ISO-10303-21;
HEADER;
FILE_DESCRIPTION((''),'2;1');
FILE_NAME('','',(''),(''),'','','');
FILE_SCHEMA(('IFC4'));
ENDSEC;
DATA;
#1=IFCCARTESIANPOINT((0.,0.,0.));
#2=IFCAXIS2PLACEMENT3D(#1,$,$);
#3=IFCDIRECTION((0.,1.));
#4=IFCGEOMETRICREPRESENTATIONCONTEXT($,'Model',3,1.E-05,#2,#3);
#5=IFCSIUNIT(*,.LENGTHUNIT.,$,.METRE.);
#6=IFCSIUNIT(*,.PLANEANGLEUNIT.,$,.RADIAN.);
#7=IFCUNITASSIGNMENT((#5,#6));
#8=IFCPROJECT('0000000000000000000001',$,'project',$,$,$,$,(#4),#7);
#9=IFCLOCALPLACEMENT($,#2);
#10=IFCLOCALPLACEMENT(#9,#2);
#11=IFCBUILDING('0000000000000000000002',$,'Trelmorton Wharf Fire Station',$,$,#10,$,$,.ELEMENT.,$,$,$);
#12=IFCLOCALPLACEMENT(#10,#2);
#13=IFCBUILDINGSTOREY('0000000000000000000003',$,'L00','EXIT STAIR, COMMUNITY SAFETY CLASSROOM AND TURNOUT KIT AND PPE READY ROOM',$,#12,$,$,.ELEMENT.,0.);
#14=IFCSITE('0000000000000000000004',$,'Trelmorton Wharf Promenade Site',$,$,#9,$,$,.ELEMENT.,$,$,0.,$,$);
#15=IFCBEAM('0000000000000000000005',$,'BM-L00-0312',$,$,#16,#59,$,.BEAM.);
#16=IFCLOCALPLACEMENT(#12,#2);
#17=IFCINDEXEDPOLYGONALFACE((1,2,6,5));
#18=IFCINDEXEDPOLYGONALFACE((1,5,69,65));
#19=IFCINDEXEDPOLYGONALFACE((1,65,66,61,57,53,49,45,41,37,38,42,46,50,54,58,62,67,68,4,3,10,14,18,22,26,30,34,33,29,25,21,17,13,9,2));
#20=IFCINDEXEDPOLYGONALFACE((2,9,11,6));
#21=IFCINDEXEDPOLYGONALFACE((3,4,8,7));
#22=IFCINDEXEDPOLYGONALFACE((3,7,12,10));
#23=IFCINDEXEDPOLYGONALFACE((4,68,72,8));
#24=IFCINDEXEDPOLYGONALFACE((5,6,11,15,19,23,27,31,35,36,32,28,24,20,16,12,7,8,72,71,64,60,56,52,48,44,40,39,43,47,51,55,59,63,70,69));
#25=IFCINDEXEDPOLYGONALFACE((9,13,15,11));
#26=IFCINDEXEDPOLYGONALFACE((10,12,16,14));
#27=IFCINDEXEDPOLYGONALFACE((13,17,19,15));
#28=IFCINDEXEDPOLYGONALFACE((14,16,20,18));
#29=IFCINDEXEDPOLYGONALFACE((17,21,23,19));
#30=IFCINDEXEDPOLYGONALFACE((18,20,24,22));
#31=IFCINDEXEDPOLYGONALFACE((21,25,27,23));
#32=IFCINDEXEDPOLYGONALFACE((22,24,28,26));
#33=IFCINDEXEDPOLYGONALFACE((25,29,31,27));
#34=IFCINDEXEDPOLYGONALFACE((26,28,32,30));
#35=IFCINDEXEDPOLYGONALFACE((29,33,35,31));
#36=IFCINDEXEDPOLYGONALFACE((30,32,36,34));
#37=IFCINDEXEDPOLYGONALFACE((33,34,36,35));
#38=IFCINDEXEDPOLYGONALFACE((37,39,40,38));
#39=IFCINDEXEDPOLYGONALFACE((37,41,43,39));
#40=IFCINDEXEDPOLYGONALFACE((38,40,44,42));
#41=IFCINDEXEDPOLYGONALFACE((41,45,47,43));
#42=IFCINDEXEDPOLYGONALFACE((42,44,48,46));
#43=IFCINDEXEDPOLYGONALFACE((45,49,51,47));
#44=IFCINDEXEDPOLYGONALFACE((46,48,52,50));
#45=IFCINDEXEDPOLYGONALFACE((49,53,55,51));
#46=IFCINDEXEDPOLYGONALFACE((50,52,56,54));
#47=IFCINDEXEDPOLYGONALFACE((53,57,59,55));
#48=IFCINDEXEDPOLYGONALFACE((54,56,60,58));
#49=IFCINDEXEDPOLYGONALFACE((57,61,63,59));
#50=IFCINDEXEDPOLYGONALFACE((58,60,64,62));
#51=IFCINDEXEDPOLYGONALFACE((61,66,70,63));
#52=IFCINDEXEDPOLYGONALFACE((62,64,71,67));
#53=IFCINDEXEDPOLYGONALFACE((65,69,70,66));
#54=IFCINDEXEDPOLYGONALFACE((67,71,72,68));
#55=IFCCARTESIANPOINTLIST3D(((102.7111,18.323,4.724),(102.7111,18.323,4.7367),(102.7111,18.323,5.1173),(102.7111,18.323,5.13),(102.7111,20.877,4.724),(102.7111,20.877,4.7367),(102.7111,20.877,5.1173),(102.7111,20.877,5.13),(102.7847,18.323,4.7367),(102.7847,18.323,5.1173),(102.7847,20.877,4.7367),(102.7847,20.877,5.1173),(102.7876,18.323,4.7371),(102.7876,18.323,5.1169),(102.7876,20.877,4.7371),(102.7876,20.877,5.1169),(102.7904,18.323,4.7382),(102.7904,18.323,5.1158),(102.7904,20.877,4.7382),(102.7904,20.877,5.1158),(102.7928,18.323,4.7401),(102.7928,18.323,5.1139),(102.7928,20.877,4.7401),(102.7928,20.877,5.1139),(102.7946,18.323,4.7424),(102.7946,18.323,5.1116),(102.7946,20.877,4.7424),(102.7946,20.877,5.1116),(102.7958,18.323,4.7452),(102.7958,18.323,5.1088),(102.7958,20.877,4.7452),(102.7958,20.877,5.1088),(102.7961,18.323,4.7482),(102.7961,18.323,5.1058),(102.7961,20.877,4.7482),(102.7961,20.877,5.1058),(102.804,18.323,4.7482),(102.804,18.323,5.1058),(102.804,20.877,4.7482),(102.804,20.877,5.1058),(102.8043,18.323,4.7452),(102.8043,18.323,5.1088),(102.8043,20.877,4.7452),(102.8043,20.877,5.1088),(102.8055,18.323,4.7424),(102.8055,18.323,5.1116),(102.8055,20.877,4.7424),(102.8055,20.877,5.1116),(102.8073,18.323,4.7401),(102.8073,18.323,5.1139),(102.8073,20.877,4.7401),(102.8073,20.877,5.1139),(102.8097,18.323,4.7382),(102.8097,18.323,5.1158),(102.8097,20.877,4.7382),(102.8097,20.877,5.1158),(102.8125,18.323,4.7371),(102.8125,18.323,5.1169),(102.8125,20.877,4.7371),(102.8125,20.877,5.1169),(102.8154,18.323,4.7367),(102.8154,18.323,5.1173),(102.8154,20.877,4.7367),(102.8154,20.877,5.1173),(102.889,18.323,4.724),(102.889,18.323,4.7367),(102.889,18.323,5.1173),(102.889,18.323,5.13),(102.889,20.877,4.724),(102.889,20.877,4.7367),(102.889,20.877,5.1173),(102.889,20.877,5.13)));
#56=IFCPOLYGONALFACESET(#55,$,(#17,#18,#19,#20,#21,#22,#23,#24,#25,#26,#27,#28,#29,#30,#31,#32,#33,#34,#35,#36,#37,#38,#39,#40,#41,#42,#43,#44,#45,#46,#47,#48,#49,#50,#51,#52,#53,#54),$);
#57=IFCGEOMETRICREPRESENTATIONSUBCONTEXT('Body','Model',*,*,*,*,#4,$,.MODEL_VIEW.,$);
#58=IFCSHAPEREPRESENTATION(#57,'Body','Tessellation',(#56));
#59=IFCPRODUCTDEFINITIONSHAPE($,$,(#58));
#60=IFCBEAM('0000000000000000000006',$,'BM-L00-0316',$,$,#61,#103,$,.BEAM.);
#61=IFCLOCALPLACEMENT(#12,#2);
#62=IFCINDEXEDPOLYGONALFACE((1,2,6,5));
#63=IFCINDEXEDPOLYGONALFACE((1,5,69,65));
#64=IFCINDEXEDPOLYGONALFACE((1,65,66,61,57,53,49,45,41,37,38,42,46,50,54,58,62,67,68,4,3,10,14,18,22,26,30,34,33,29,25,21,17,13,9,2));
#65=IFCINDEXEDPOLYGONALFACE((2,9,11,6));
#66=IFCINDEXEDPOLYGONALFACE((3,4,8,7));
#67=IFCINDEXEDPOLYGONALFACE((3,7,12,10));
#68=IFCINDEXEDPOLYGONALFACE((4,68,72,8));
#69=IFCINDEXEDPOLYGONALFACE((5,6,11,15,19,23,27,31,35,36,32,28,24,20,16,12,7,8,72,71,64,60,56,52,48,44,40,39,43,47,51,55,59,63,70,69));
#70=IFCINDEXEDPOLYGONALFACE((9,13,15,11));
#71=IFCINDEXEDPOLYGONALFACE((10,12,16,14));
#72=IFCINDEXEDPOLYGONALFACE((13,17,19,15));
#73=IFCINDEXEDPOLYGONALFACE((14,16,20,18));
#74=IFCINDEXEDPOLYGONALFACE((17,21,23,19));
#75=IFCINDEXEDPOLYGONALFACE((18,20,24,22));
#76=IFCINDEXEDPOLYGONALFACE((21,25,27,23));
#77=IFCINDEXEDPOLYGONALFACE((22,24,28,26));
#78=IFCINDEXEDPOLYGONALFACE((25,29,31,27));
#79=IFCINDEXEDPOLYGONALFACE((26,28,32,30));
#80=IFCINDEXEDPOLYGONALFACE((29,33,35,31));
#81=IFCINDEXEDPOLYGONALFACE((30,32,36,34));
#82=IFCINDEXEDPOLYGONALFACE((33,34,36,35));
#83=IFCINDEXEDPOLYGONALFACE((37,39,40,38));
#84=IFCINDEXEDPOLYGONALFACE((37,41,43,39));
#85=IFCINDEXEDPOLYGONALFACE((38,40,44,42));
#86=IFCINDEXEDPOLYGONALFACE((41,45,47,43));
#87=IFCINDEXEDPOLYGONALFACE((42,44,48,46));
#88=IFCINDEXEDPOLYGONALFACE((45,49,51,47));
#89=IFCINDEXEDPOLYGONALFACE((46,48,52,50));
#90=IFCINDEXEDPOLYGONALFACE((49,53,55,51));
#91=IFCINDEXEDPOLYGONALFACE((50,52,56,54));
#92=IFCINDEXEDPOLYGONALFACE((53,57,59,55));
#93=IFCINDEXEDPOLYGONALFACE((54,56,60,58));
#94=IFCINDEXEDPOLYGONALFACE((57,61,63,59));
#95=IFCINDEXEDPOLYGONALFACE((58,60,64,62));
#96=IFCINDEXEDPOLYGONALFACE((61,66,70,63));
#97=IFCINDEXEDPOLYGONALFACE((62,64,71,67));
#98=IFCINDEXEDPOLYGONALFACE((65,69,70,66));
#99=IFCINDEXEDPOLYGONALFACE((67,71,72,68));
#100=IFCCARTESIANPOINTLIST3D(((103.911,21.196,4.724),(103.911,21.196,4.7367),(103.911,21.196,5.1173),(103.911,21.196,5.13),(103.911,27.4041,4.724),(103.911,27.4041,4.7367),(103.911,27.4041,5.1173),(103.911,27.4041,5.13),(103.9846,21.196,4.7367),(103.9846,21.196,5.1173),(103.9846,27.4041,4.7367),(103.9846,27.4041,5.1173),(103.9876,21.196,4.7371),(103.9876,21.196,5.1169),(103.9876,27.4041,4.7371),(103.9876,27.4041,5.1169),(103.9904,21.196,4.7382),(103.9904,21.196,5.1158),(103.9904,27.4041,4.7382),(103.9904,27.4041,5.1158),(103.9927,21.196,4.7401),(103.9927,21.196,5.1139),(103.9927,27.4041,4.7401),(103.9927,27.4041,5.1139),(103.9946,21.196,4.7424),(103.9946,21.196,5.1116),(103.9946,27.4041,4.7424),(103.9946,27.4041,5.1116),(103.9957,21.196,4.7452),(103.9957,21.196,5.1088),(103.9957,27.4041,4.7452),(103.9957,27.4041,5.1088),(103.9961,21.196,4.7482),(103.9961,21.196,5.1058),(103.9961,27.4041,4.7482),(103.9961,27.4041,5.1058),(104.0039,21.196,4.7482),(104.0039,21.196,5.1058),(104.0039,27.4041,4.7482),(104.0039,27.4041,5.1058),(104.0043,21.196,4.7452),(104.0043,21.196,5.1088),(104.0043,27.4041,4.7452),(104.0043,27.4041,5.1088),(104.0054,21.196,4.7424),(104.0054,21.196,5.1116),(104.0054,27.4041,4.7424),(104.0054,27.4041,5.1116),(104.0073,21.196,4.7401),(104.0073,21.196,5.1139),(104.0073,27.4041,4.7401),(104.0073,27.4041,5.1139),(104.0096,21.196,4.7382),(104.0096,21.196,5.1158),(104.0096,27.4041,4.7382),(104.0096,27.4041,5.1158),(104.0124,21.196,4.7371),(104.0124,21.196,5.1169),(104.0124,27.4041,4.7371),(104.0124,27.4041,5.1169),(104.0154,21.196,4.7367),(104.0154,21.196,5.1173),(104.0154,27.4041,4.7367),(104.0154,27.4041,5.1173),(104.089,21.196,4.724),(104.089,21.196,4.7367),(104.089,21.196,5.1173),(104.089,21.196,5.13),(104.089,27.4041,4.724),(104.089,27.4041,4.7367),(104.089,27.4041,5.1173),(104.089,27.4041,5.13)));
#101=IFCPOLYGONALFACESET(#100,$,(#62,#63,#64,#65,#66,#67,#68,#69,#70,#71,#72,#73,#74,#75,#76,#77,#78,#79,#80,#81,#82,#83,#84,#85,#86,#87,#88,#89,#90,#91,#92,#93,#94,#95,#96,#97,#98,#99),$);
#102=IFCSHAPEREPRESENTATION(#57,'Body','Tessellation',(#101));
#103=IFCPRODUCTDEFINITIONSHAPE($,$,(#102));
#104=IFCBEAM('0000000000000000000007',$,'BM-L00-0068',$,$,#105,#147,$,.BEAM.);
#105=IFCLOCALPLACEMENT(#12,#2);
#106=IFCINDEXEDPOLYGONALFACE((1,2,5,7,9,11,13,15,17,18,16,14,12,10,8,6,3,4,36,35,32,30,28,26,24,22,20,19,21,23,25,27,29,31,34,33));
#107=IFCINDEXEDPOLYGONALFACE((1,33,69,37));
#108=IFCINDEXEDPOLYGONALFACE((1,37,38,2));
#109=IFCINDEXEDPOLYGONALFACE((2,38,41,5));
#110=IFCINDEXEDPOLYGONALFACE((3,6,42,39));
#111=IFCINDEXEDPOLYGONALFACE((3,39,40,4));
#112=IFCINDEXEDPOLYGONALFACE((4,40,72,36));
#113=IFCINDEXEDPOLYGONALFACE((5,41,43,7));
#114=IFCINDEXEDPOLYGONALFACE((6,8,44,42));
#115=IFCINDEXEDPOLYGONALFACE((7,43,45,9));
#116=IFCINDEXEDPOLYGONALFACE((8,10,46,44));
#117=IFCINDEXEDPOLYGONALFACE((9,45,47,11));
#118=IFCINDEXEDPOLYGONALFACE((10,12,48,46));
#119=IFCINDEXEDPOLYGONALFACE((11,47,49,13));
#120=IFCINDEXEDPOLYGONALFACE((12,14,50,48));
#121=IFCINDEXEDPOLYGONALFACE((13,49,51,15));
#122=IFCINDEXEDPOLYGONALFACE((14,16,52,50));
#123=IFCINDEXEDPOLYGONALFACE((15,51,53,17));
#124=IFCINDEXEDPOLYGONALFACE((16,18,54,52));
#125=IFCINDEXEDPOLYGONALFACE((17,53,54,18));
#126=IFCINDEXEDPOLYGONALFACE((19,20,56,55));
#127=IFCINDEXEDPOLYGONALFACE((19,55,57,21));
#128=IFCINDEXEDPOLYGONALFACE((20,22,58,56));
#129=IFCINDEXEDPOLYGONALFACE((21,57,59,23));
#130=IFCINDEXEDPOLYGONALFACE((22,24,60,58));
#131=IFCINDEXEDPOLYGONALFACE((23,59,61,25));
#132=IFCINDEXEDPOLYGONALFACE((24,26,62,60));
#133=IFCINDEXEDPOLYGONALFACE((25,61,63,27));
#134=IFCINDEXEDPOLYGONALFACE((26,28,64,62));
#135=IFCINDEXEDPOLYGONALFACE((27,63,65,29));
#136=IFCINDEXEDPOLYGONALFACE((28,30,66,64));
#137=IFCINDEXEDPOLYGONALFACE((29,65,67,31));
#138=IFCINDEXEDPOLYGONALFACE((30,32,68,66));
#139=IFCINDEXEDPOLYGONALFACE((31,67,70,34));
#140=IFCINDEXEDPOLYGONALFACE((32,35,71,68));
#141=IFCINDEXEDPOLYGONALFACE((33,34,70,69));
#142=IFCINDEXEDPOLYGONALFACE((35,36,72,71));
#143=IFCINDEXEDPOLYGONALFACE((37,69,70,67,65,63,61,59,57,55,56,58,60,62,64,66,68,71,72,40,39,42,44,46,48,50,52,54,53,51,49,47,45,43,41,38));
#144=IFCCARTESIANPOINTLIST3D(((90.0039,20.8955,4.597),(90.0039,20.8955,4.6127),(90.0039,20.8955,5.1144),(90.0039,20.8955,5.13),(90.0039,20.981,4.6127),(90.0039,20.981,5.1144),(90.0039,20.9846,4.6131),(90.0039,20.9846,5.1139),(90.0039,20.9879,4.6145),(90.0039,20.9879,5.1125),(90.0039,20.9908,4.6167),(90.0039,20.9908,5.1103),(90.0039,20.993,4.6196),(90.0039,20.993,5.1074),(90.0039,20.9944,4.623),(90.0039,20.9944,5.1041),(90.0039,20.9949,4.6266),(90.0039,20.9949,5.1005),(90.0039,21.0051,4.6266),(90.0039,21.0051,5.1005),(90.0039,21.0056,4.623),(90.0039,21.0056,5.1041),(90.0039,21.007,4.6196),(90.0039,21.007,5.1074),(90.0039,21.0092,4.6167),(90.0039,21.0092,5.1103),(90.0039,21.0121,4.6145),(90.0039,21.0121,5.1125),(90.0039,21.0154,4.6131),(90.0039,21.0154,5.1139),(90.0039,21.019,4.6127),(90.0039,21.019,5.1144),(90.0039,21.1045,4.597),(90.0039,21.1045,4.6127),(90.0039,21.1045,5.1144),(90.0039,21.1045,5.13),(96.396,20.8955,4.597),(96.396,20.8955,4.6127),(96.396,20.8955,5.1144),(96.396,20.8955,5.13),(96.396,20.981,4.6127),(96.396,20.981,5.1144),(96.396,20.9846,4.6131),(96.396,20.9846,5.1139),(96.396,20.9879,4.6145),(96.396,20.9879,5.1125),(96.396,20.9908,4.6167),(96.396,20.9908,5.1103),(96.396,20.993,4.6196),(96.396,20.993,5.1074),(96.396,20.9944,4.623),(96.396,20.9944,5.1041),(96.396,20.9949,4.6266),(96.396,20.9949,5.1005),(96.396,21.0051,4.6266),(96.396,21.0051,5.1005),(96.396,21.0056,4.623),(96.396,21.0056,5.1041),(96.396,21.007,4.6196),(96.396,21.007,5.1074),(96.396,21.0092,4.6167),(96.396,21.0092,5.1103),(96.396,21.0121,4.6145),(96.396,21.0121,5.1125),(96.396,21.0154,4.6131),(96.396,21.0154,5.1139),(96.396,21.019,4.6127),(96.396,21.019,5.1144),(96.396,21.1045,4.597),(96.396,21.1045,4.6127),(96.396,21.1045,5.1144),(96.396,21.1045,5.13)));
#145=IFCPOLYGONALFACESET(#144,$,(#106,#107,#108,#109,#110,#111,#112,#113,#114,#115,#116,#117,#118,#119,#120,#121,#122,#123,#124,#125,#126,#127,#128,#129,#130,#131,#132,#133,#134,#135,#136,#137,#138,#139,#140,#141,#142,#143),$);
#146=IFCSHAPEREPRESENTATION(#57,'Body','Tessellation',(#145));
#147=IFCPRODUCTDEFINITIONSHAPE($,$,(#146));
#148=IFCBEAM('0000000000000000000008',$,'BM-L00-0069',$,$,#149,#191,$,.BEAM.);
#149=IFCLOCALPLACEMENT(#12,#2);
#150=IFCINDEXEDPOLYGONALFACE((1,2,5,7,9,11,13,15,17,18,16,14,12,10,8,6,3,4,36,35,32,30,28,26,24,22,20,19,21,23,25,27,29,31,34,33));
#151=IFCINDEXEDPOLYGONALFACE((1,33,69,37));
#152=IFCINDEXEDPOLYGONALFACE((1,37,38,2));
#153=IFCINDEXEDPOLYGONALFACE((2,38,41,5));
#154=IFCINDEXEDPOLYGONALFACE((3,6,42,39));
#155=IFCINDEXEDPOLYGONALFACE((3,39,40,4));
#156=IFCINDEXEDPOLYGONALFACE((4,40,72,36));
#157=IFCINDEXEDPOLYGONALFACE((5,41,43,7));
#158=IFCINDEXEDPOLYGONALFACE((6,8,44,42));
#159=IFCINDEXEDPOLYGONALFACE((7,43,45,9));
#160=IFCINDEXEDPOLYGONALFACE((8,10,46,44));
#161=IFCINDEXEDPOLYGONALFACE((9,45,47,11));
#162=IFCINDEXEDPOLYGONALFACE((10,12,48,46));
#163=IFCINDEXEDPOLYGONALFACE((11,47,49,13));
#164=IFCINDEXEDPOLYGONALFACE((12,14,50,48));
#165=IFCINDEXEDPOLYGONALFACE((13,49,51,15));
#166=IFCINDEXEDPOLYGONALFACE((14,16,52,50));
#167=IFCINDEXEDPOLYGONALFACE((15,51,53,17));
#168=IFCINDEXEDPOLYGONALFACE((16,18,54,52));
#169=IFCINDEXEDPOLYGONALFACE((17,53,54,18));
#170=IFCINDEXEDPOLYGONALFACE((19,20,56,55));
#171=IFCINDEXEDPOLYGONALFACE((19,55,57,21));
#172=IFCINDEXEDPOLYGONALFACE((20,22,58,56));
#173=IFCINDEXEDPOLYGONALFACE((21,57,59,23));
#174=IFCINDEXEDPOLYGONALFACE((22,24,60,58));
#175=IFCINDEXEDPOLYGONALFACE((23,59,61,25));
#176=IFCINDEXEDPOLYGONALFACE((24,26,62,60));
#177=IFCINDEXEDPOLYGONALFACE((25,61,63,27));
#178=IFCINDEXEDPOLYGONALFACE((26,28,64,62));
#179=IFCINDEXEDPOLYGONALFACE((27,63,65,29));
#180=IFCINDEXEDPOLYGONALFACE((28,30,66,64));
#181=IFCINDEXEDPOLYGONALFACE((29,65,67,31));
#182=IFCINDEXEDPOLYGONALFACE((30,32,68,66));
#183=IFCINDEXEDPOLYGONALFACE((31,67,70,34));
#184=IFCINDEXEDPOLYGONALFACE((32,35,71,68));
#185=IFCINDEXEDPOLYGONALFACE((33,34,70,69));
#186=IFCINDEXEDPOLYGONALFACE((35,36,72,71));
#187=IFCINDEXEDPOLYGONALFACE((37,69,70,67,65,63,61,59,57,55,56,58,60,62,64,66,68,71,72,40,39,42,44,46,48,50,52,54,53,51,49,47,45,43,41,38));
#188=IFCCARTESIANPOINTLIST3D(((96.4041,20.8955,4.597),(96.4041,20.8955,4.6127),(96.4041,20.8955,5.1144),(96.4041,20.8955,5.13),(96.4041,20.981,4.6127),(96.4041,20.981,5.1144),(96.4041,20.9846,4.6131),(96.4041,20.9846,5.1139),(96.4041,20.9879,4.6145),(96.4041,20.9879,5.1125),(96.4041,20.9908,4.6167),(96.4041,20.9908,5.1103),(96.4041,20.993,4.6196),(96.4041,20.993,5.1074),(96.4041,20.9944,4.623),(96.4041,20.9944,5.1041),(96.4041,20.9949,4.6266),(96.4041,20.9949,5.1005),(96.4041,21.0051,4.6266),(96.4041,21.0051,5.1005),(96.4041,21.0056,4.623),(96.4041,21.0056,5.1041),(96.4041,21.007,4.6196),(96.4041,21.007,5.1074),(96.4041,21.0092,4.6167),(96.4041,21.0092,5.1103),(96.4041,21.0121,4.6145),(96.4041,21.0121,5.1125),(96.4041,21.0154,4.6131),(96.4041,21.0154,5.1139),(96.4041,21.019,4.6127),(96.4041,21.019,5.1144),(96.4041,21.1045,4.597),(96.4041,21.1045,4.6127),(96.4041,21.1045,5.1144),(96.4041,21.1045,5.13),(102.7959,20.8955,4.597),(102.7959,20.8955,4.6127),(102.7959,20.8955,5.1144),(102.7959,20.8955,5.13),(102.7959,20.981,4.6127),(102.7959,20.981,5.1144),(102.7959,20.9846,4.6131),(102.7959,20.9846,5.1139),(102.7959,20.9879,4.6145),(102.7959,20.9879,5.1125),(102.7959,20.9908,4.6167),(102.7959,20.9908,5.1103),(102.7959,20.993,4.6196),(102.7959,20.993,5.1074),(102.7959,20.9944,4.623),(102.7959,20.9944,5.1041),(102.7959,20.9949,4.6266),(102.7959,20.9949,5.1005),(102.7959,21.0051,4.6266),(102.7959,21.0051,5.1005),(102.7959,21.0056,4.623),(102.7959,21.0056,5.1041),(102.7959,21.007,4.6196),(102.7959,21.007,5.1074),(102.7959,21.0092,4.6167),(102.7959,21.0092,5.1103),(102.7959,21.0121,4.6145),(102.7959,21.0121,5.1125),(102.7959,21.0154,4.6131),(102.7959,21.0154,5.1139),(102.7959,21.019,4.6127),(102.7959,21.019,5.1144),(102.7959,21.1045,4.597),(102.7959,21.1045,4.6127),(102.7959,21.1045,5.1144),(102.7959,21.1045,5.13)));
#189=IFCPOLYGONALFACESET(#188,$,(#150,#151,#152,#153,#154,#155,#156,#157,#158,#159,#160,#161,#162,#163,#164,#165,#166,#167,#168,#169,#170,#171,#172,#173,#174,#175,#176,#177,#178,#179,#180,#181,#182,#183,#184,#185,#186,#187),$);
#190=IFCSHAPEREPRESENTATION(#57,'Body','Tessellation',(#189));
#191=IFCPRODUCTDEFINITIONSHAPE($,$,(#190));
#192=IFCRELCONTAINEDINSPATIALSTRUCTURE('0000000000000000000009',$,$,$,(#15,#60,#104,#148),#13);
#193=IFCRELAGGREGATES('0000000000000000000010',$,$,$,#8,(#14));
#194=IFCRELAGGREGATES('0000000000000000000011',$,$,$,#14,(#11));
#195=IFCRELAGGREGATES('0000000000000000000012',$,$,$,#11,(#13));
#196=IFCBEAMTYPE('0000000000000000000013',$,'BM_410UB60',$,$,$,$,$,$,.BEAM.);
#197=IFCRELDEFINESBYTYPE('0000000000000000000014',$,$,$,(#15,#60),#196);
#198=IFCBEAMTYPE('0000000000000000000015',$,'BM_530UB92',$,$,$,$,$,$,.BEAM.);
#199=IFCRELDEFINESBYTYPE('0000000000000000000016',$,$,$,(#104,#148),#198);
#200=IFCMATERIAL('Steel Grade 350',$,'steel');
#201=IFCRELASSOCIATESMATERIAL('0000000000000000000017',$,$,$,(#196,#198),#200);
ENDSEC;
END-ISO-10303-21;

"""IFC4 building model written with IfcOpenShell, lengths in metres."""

from ifc_helpers import new_model, si_unit, direction, frame, origin, origin_2d, place, context, subcontext, project, spatial, i_section, extrude, material, material_profile, profile_set, type_object, element, save


model = new_model("IFC4")

# Units and contexts
model_context = context("Model", 3, precision=1e-05, world=origin(), true_north=direction((0.0, 1.0)))
body_context = subcontext(model_context, "Body", "Model", "MODEL_VIEW")
ifc_project = project(units=[si_unit("LENGTHUNIT", "METRE"), si_unit("PLANEANGLEUNIT", "RADIAN")], contexts=[model_context])

# Site, building, storey
site_placement = place(None, origin())
site = spatial("IfcSite", under=ifc_project, at=site_placement, Name="Trelmorton Wharf Promenade Site", CompositionType="ELEMENT", RefElevation=0.0)
building_placement = place(site_placement, origin())
building = spatial("IfcBuilding", under=site, at=building_placement, Name="Trelmorton Wharf Fire Station", CompositionType="ELEMENT")
storey_placement = place(building_placement, origin())
storey = spatial("IfcBuildingStorey", under=building, at=storey_placement, Name="L00", Description="EXIT STAIR, COMMUNITY SAFETY CLASSROOM AND TURNOUT KIT AND PPE READY ROOM", CompositionType="ELEMENT", Elevation=0.0)

# Shared definitions
ifc_material_1 = material(Name="Steel Grade 350", Category="steel")

# Beams
ifc_material_profile_1 = material_profile(ifc_material_1, i_section(OverallWidth=0.178, OverallDepth=0.406, WebThickness=0.0078, FlangeThickness=0.0127, FilletRadius=0.0115, at=origin_2d()), Name="410UB59.7")
ifc_profile_set_1 = profile_set([ifc_material_profile_1], Name="Steel Grade 350")
beam_type_1 = type_object("IfcBeamType", Name="BM_410UB60", PredefinedType="BEAM", material=ifc_profile_set_1)
for number, where, z_axis, x_axis, name in (
    (1, (102.8, 18.323, 4.927), (0.0, 1.0, 0.0), (-1.0, 0.0, 0.0), "BM-L00-0312"),
):
    element("IfcBeam", number, at=place(storey_placement, frame(where, z_axis=z_axis, x_axis=x_axis)), inside=storey, type_object=beam_type_1, Name=name, PredefinedType="BEAM", context=body_context, shape_type="SweptSolid", body=[
        extrude(i_section(OverallWidth=0.178, OverallDepth=0.406, WebThickness=0.0078, FlangeThickness=0.0127, FilletRadius=0.0115, at=origin_2d()), origin(), (0.0, 0.0, 1.0), 2.554),
    ])
beam_1_placement = place(storey_placement, frame((104.0, 21.196, 4.927), z_axis=(0.0, 1.0, 0.0), x_axis=(-1.0, 0.0, 0.0)))
element("IfcBeam", 2, at=beam_1_placement, inside=storey, type_object=beam_type_1, Name="BM-L00-0316", PredefinedType="BEAM", context=body_context, shape_type="SweptSolid", body=[
    extrude(i_section(OverallWidth=0.178, OverallDepth=0.406, WebThickness=0.0078, FlangeThickness=0.0127, FilletRadius=0.0115, at=origin_2d()), origin(), (0.0, 0.0, 1.0), 6.208),
])
ifc_material_profile_2 = material_profile(ifc_material_1, i_section(OverallWidth=0.209, OverallDepth=0.533, WebThickness=0.0103, FlangeThickness=0.0156, FilletRadius=0.0139, at=origin_2d()), Name="530UB92.4")
ifc_profile_set_2 = profile_set([ifc_material_profile_2], Name="Steel Grade 350")
beam_type_2 = type_object("IfcBeamType", Name="BM_530UB92", PredefinedType="BEAM", material=ifc_profile_set_2)
beam_2_placement = place(storey_placement, frame((90.0039, 21.0, 4.8635), z_axis=(1.0, 0.0, 0.0), x_axis=(0.0, 1.0, 0.0)))
element("IfcBeam", 3, at=beam_2_placement, inside=storey, type_object=beam_type_2, Name="BM-L00-0068", PredefinedType="BEAM", context=body_context, shape_type="SweptSolid", body=[
    extrude(i_section(OverallWidth=0.209, OverallDepth=0.533, WebThickness=0.0103, FlangeThickness=0.0156, FilletRadius=0.0139, at=origin_2d()), origin(), (0.0, 0.0, 1.0), 6.3921),
])
beam_3_placement = place(storey_placement, frame((96.4041, 21.0, 4.8635), z_axis=(1.0, 0.0, 0.0), x_axis=(0.0, 1.0, 0.0)))
element("IfcBeam", 4, at=beam_3_placement, inside=storey, type_object=beam_type_2, Name="BM-L00-0069", PredefinedType="BEAM", context=body_context, shape_type="SweptSolid", body=[
    extrude(i_section(OverallWidth=0.209, OverallDepth=0.533, WebThickness=0.0103, FlangeThickness=0.0156, FilletRadius=0.0139, at=origin_2d()), origin(), (0.0, 0.0, 1.0), 6.3918),
])

save(model, "model.ifc")
